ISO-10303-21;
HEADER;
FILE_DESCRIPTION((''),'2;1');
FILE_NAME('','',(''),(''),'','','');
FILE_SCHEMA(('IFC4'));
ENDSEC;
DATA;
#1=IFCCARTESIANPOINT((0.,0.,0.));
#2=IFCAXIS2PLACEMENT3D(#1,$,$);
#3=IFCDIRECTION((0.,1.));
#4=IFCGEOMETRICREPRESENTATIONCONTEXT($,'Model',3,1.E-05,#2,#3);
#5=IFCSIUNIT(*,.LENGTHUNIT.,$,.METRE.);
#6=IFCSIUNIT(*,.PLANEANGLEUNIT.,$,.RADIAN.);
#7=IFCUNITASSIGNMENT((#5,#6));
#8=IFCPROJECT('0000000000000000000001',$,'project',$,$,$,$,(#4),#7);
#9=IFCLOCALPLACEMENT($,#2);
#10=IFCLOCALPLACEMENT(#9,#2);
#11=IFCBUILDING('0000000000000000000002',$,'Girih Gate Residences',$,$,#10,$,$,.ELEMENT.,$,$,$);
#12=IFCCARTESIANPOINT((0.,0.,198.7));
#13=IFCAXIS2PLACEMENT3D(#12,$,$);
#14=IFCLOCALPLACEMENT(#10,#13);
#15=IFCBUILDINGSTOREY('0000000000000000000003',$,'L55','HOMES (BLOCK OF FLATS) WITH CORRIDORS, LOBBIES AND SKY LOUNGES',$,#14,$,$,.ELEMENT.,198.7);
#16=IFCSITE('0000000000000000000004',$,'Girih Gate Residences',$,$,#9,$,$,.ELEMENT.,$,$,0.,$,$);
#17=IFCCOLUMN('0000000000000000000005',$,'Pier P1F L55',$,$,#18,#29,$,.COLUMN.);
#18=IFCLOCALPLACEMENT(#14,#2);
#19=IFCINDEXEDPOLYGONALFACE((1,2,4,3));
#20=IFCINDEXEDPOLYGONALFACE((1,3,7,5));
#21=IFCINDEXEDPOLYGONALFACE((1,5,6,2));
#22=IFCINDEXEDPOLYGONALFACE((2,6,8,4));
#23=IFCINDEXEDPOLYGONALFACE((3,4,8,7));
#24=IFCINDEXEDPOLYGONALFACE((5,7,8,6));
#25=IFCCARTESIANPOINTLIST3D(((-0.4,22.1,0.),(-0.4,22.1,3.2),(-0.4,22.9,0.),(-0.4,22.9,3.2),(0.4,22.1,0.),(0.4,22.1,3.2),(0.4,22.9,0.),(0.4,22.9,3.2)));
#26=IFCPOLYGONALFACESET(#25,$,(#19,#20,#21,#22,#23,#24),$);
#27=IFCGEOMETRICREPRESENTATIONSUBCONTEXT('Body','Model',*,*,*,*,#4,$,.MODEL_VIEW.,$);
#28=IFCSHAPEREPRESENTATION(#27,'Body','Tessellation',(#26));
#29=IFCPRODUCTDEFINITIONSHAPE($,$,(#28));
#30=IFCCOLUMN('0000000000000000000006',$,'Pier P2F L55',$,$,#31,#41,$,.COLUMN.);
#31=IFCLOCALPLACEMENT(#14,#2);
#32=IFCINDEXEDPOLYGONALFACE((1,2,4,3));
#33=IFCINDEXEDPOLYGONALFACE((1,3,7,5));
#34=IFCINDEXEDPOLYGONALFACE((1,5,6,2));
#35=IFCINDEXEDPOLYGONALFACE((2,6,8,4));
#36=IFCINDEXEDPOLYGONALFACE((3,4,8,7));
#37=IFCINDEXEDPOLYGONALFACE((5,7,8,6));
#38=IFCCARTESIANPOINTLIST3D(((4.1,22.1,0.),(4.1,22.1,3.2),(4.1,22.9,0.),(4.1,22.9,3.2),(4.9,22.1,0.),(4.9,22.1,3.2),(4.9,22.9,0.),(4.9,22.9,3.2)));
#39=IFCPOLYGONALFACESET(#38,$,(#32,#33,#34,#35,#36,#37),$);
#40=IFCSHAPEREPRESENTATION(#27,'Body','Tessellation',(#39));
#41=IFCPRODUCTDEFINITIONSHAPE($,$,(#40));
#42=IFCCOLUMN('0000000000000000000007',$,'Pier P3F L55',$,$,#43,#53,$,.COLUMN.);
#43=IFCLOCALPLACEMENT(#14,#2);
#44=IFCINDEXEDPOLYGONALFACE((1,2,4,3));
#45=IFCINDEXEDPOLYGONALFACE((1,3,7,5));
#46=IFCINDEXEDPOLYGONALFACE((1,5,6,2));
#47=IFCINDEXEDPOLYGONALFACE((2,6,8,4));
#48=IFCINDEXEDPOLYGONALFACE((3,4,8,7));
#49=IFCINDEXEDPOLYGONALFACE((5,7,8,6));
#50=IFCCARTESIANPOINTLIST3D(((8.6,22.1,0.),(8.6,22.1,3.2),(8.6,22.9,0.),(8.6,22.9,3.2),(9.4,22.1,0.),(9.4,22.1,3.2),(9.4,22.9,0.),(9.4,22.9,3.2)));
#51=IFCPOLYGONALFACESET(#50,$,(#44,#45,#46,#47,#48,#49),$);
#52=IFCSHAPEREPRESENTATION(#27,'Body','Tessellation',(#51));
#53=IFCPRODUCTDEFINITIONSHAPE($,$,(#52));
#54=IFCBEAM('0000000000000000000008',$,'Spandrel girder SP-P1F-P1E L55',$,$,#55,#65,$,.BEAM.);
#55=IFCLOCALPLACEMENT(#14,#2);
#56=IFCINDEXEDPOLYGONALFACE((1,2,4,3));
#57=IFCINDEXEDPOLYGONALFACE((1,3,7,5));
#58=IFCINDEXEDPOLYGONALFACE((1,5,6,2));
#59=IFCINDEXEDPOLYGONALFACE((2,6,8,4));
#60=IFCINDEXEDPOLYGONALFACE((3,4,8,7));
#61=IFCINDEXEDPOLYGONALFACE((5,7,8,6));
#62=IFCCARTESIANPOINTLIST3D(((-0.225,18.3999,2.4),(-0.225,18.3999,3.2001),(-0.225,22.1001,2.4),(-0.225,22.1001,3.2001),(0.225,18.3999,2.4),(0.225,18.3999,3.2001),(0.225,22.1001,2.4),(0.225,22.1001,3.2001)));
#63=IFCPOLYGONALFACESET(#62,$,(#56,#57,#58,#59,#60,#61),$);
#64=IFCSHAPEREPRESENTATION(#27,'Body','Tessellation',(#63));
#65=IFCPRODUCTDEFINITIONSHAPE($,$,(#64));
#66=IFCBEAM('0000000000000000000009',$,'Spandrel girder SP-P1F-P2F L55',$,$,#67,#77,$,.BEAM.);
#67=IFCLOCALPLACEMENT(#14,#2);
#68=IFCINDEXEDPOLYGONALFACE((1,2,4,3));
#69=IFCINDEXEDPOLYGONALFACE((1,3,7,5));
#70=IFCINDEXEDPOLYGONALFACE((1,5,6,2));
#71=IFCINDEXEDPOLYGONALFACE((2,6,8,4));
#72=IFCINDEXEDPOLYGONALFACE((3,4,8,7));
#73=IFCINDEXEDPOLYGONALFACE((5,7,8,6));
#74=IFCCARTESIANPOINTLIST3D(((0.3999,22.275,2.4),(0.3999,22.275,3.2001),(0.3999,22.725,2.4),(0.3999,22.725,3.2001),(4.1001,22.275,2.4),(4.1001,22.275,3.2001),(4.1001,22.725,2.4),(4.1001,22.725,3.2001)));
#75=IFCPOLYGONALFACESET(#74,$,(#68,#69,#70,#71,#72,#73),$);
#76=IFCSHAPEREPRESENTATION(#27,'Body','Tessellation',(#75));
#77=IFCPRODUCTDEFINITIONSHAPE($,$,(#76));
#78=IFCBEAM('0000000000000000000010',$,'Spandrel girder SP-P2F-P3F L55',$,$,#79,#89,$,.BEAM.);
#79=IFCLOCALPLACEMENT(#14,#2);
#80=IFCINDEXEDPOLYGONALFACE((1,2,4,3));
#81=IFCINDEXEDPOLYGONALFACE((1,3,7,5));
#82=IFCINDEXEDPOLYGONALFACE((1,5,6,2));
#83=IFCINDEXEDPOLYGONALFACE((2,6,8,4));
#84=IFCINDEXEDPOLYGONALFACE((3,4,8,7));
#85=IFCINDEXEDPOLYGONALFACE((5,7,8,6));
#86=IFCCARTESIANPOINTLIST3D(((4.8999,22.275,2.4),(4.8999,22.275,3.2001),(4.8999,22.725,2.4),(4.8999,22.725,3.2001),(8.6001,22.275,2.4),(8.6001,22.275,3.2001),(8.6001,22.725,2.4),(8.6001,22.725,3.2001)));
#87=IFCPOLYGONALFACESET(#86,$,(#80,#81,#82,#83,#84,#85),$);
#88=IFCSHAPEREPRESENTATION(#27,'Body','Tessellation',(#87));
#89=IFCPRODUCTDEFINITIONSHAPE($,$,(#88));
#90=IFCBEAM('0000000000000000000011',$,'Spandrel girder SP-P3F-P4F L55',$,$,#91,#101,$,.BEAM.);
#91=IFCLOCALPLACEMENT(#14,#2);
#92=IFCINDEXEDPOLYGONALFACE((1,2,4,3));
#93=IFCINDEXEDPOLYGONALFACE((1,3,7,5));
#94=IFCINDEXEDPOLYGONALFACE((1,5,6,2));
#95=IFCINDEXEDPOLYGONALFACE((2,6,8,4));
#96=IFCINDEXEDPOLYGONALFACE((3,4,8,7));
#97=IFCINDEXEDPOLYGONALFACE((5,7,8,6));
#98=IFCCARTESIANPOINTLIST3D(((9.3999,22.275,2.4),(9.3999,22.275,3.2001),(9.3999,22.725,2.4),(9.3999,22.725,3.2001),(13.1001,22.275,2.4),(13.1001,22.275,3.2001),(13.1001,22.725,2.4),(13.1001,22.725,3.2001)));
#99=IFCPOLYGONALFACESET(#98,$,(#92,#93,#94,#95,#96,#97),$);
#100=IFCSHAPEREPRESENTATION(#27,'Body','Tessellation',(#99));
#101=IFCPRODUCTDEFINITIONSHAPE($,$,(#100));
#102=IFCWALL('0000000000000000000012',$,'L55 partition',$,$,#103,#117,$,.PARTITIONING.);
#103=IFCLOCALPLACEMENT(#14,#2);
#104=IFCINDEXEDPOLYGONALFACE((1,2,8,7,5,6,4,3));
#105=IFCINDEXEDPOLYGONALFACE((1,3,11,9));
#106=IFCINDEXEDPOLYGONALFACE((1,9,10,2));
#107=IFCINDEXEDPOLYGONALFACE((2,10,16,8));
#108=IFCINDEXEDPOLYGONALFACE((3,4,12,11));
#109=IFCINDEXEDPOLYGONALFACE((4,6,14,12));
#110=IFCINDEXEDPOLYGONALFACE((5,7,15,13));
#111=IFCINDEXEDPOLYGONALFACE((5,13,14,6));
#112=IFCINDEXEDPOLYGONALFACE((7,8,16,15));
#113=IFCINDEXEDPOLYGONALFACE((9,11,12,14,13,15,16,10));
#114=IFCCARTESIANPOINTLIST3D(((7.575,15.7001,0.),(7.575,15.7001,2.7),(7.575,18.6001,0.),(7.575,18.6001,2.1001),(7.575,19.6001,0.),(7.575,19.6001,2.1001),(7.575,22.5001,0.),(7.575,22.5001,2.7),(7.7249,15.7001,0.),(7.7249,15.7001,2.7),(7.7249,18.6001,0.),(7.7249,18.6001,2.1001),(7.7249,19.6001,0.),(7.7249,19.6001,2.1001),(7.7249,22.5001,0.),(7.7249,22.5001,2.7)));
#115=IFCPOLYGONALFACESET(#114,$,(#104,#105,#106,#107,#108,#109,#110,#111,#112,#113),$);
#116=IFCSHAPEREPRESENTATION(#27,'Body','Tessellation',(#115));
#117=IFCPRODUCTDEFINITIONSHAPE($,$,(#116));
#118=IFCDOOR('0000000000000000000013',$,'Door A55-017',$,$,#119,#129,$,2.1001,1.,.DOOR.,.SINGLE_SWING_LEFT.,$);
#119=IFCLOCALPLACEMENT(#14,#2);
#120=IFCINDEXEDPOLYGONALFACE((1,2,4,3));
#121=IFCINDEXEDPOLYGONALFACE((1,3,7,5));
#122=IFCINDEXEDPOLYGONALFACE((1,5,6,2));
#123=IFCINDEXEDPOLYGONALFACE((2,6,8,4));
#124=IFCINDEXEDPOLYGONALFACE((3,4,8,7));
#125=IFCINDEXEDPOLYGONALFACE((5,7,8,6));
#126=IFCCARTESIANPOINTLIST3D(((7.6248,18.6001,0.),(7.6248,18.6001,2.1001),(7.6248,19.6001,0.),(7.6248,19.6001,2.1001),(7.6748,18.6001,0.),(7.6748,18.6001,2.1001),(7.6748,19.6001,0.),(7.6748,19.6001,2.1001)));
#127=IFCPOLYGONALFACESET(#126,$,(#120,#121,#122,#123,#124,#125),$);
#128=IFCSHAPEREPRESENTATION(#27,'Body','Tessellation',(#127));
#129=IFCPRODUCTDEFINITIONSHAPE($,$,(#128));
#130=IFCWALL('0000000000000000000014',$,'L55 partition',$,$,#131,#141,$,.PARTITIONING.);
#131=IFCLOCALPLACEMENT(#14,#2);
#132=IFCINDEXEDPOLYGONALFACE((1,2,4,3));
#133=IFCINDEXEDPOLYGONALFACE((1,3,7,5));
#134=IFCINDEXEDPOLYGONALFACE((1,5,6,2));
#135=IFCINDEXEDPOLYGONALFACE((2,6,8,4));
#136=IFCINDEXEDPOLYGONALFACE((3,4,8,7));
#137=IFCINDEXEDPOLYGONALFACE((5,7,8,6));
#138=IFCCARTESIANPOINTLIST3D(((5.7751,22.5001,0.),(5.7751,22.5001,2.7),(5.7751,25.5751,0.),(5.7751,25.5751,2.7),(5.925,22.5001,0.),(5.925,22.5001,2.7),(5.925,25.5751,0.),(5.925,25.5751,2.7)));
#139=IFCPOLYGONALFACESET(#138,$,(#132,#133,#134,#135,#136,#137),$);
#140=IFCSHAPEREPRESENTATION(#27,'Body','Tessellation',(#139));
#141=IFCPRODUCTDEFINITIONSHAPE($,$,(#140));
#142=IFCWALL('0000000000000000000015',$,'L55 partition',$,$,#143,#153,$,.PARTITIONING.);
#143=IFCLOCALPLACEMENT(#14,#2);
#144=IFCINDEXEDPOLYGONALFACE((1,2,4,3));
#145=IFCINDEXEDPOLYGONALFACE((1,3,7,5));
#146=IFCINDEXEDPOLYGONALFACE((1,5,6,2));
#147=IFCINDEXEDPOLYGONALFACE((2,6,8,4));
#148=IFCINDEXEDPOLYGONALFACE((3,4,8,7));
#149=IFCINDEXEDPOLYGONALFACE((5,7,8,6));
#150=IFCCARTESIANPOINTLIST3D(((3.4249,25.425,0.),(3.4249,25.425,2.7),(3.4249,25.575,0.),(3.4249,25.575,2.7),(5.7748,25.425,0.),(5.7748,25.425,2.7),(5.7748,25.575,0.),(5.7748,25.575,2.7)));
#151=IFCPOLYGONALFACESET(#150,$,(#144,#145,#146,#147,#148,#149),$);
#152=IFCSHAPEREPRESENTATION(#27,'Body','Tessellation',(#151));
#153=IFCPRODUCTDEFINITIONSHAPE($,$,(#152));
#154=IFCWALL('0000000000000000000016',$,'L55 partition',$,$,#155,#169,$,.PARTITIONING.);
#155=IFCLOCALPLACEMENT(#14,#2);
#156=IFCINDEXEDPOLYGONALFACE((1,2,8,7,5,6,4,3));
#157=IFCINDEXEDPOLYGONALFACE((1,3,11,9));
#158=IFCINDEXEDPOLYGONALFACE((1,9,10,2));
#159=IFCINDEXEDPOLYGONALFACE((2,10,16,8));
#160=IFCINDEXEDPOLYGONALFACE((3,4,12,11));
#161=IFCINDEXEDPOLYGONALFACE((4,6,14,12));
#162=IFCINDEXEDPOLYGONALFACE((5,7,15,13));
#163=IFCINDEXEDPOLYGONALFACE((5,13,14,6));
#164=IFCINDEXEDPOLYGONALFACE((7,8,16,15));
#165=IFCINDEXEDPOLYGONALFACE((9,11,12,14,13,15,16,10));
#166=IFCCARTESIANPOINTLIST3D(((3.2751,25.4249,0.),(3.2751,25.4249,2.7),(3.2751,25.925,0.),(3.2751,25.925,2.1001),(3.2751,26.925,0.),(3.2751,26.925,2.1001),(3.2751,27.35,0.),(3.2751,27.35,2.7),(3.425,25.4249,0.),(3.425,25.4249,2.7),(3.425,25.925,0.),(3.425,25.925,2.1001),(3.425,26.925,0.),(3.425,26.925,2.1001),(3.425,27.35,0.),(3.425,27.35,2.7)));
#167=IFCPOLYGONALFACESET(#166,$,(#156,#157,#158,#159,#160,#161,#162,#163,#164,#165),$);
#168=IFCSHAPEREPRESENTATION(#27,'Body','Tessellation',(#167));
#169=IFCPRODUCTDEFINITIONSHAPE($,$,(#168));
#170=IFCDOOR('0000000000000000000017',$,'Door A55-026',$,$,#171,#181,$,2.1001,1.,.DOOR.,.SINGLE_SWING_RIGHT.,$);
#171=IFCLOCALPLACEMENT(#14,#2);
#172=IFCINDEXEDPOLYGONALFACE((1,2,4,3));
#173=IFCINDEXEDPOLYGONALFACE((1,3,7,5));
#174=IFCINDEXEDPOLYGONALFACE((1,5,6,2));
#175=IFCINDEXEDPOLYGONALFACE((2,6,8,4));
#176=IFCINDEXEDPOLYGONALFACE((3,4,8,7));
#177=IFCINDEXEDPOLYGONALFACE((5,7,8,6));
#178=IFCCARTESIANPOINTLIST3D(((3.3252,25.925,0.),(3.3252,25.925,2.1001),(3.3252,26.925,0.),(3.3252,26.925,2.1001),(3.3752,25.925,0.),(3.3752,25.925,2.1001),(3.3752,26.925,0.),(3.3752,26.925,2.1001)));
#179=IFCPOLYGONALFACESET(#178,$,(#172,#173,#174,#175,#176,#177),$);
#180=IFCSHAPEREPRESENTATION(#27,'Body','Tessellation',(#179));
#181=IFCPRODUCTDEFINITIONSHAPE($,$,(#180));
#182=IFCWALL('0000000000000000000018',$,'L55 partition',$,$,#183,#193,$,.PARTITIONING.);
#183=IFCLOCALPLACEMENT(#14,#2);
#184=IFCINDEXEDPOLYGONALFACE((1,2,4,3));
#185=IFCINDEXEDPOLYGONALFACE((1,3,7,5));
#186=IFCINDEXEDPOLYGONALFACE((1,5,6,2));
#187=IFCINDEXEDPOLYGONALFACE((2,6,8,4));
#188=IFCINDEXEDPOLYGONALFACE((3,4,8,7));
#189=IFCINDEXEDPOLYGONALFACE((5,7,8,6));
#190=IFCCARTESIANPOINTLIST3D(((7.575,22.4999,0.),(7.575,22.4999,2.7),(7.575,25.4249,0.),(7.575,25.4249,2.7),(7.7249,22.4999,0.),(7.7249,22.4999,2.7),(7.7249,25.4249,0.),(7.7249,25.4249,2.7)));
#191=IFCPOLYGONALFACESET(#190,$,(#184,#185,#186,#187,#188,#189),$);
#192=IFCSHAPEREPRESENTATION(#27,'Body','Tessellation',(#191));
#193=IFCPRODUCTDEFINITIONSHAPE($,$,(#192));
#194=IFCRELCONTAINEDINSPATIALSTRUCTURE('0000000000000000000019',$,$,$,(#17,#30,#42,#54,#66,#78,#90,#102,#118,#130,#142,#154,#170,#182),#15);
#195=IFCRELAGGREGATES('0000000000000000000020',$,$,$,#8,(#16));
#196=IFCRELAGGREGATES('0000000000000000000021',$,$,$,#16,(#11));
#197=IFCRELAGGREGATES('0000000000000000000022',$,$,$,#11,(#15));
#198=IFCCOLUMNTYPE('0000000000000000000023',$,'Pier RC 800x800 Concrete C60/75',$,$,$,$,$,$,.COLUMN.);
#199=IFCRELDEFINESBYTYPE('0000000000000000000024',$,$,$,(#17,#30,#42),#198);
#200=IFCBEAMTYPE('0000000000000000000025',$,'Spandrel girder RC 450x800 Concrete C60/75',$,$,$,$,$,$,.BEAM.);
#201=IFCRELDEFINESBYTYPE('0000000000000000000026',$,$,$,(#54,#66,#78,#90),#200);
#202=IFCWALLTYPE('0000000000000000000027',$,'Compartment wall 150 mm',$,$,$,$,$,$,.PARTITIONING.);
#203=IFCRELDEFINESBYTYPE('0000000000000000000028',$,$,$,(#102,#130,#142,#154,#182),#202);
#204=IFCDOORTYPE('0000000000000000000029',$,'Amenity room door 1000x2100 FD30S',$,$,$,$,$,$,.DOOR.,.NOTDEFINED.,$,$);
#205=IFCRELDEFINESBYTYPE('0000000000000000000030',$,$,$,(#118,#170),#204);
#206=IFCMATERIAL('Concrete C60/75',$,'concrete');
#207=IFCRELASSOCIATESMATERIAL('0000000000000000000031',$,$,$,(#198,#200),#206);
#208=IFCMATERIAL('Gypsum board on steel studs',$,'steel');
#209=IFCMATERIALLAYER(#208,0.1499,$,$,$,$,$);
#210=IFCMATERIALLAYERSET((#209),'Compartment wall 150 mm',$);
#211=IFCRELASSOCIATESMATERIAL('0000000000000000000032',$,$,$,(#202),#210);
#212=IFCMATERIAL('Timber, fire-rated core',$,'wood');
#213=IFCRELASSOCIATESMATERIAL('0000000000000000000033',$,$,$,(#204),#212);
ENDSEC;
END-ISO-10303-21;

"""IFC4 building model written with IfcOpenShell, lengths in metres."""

from ifc_helpers import new_model, si_unit, direction, frame, frame_2d, origin, origin_2d, place, context, subcontext, project, spatial, rectangle, extrude, material, layer, layer_set, material_profile, profile_set, type_object, element, fill, save


model = new_model("IFC4")

# Units and contexts
model_context = context("Model", 3, precision=1e-05, world=origin(), true_north=direction((0.0, 1.0)))
body_context = subcontext(model_context, "Body", "Model", "MODEL_VIEW")
ifc_project = project(units=[si_unit("LENGTHUNIT", "METRE"), si_unit("PLANEANGLEUNIT", "RADIAN")], contexts=[model_context])

# Site, building, storey
site_placement = place(None, origin())
site = spatial("IfcSite", under=ifc_project, at=site_placement, Name="Girih Gate Residences", CompositionType="ELEMENT", RefElevation=0.0)
building_placement = place(site_placement, origin())
building = spatial("IfcBuilding", under=site, at=building_placement, Name="Girih Gate Residences", CompositionType="ELEMENT")
storey_placement = place(building_placement, frame((0.0, 0.0, 198.7)))
storey = spatial("IfcBuildingStorey", under=building, at=storey_placement, Name="L55", Description="HOMES (BLOCK OF FLATS) WITH CORRIDORS, LOBBIES AND SKY LOUNGES", CompositionType="ELEMENT", Elevation=198.7)

# Columns
ifc_material_1 = material(Name="Concrete C60/75", Category="concrete")
ifc_material_profile_1 = material_profile(ifc_material_1, rectangle(XDim=0.8, YDim=0.8, at=origin_2d()))
ifc_profile_set_1 = profile_set([ifc_material_profile_1], Name="Concrete C60/75")
column_type = type_object("IfcColumnType", Name="Pier RC 800x800 Concrete C60/75", PredefinedType="COLUMN", material=ifc_profile_set_1)
for number, where, z_axis, x_axis, name in (
    (1, (0.0, 22.5, 0.0), (0.0, 0.0, 1.0), (1.0, 0.0, 0.0), "Pier P1F L55"),
    (2, (4.5, 22.5, 0.0), (0.0, 0.0, 1.0), (1.0, 0.0, 0.0), "Pier P2F L55"),
    (3, (9.0, 22.5, 0.0), (0.0, 0.0, 1.0), (1.0, 0.0, 0.0), "Pier P3F L55"),
):
    element("IfcColumn", number, at=place(storey_placement, frame(where, z_axis=z_axis, x_axis=x_axis)), inside=storey, type_object=column_type, Name=name, PredefinedType="COLUMN", context=body_context, shape_type="SweptSolid", body=[
        extrude(rectangle(XDim=0.8, YDim=0.8, at=origin_2d()), origin(), (0.0, 0.0, 1.0), 3.2),
    ])

# Beams
ifc_material_profile_2 = material_profile(ifc_material_1, rectangle(XDim=0.45, YDim=0.8, at=origin_2d()))
ifc_profile_set_2 = profile_set([ifc_material_profile_2], Name="Concrete C60/75")
beam_type = type_object("IfcBeamType", Name="Spandrel girder RC 450x800 Concrete C60/75", PredefinedType="BEAM", material=ifc_profile_set_2)
for number, where, z_axis, x_axis, name in (
    (4, (0.0, 22.1001, 2.8), (0.0, -1.0, 0.0), (1.0, 0.0, 0.0), "Spandrel girder SP-P1F-P1E L55"),
    (5, (0.3999, 22.5, 2.8), (1.0, 0.0, 0.0), (0.0, 1.0, 0.0), "Spandrel girder SP-P1F-P2F L55"),
    (6, (4.8999, 22.5, 2.8), (1.0, 0.0, 0.0), (0.0, 1.0, 0.0), "Spandrel girder SP-P2F-P3F L55"),
    (7, (9.3999, 22.5, 2.8), (1.0, 0.0, 0.0), (0.0, 1.0, 0.0), "Spandrel girder SP-P3F-P4F L55"),
):
    element("IfcBeam", number, at=place(storey_placement, frame(where, z_axis=z_axis, x_axis=x_axis)), inside=storey, type_object=beam_type, Name=name, PredefinedType="BEAM", context=body_context, shape_type="SweptSolid", body=[
        extrude(rectangle(XDim=0.45, YDim=0.8, at=origin_2d()), origin(), (0.0, 0.0, 1.0), 3.7002),
    ])

# Wall, opening, door
ifc_material_2 = material(Name="Gypsum board on steel studs", Category="steel")
ifc_layer_1 = layer(ifc_material_2, 0.1499)
ifc_layer_set_1 = layer_set([ifc_layer_1], Name="Compartment wall 150 mm")
wall_type_1 = type_object("IfcWallType", Name="Compartment wall 150 mm", PredefinedType="PARTITIONING", material=ifc_layer_set_1)
wall_1_placement = place(storey_placement, frame((7.6499, 22.5, 0.0), z_axis=(0.0, 0.0, 1.0), x_axis=(0.0, -1.0, 0.0)))
wall_1 = element("IfcWall", 8, at=wall_1_placement, inside=storey, type_object=wall_type_1, Name="L55 partition", PredefinedType="PARTITIONING", context=body_context, shape_type="SweptSolid", body=[
    extrude(rectangle(XDim=6.8, YDim=0.1499, at=frame_2d((3.3999, 0.0))), origin(), (0.0, 0.0, 1.0), 2.7),
])
opening_1_placement = place(wall_1_placement, frame((2.8999, 0.0, 0.0)))
opening_1 = element("IfcOpeningElement", 9, at=opening_1_placement, cuts=wall_1, PredefinedType="OPENING", context=body_context, shape_type="SweptSolid", body=[
    extrude(rectangle(XDim=1.0, YDim=2.1001, at=frame_2d((0.5, 1.05))), frame((0.0, 0.085, 0.0), z_axis=(0.0, -1.0, 0.0), x_axis=(1.0, 0.0, 0.0)), (0.0, 0.0, 1.0), 0.1699),
])
ifc_material_3 = material(Name="Timber, fire-rated core", Category="wood")
door_type = type_object("IfcDoorType", Name="Amenity room door 1000x2100 FD30S", OperationType="NOTDEFINED", PredefinedType="DOOR", material=ifc_material_3)
door_1_placement = place(opening_1_placement, origin())
door_1 = element("IfcDoor", 10, at=door_1_placement, inside=storey, type_object=door_type, Name="Door A55-017", OperationType="SINGLE_SWING_LEFT", OverallHeight=2.1001, OverallWidth=1.0, PredefinedType="DOOR", context=body_context, shape_type="SweptSolid", body=[
    extrude(rectangle(XDim=1.0, YDim=2.1001, at=frame_2d((0.5, 1.05))), frame((0.0, 0.0249, 0.0), z_axis=(0.0, -1.0, 0.0), x_axis=(1.0, 0.0, 0.0)), (0.0, 0.0, 1.0), 0.05),
])
fill(opening_1, door_1)

# Walls
wall_2_placement = place(storey_placement, frame((5.8501, 22.5, 0.0), z_axis=(0.0, 0.0, 1.0), x_axis=(0.0, 1.0, 0.0)))
element("IfcWall", 11, at=wall_2_placement, inside=storey, type_object=wall_type_1, Name="L55 partition", PredefinedType="PARTITIONING", context=body_context, shape_type="SweptSolid", body=[
    extrude(rectangle(XDim=3.075, YDim=0.1499, at=frame_2d((1.5376, 0.0))), origin(), (0.0, 0.0, 1.0), 2.7),
])
wall_3_placement = place(storey_placement, frame((3.425, 25.5, 0.0), z_axis=(0.0, 0.0, 1.0), x_axis=(1.0, 0.0, 0.0)))
element("IfcWall", 12, at=wall_3_placement, inside=storey, type_object=wall_type_1, Name="L55 partition", PredefinedType="PARTITIONING", context=body_context, shape_type="SweptSolid", body=[
    extrude(rectangle(XDim=2.3499, YDim=0.1499, at=frame_2d((1.1748, 0.0))), origin(), (0.0, 0.0, 1.0), 2.7),
])

# Wall, opening, door
wall_4_placement = place(storey_placement, frame((3.3501, 25.425, 0.0), z_axis=(0.0, 0.0, 1.0), x_axis=(0.0, 1.0, 0.0)))
wall_4 = element("IfcWall", 13, at=wall_4_placement, inside=storey, type_object=wall_type_1, Name="L55 partition", PredefinedType="PARTITIONING", context=body_context, shape_type="SweptSolid", body=[
    extrude(rectangle(XDim=1.925, YDim=0.1499, at=frame_2d((0.9624, 0.0))), origin(), (0.0, 0.0, 1.0), 2.7),
])
opening_2_placement = place(wall_4_placement, frame((0.5, 0.0, 0.0)))
opening_2 = element("IfcOpeningElement", 14, at=opening_2_placement, cuts=wall_4, PredefinedType="OPENING", context=body_context, shape_type="SweptSolid", body=[
    extrude(rectangle(XDim=1.0, YDim=2.1001, at=frame_2d((0.5, 1.05))), frame((0.0, 0.085, 0.0), z_axis=(0.0, -1.0, 0.0), x_axis=(1.0, 0.0, 0.0)), (0.0, 0.0, 1.0), 0.1699),
])
door_2_placement = place(opening_2_placement, origin())
door_2 = element("IfcDoor", 15, at=door_2_placement, inside=storey, type_object=door_type, Name="Door A55-026", OperationType="SINGLE_SWING_RIGHT", OverallHeight=2.1001, OverallWidth=1.0, PredefinedType="DOOR", context=body_context, shape_type="SweptSolid", body=[
    extrude(rectangle(XDim=1.0, YDim=2.1001, at=frame_2d((0.5, 1.05))), frame((0.0, 0.0249, 0.0), z_axis=(0.0, -1.0, 0.0), x_axis=(1.0, 0.0, 0.0)), (0.0, 0.0, 1.0), 0.05),
])
fill(opening_2, door_2)

# Wall
wall_5_placement = place(storey_placement, frame((7.6499, 22.5, 0.0), z_axis=(0.0, 0.0, 1.0), x_axis=(0.0, 1.0, 0.0)))
element("IfcWall", 16, at=wall_5_placement, inside=storey, type_object=wall_type_1, Name="L55 partition", PredefinedType="PARTITIONING", context=body_context, shape_type="SweptSolid", body=[
    extrude(rectangle(XDim=2.925, YDim=0.1499, at=frame_2d((1.4624, 0.0))), origin(), (0.0, 0.0, 1.0), 2.7),
])

save(model, "model.ifc")
